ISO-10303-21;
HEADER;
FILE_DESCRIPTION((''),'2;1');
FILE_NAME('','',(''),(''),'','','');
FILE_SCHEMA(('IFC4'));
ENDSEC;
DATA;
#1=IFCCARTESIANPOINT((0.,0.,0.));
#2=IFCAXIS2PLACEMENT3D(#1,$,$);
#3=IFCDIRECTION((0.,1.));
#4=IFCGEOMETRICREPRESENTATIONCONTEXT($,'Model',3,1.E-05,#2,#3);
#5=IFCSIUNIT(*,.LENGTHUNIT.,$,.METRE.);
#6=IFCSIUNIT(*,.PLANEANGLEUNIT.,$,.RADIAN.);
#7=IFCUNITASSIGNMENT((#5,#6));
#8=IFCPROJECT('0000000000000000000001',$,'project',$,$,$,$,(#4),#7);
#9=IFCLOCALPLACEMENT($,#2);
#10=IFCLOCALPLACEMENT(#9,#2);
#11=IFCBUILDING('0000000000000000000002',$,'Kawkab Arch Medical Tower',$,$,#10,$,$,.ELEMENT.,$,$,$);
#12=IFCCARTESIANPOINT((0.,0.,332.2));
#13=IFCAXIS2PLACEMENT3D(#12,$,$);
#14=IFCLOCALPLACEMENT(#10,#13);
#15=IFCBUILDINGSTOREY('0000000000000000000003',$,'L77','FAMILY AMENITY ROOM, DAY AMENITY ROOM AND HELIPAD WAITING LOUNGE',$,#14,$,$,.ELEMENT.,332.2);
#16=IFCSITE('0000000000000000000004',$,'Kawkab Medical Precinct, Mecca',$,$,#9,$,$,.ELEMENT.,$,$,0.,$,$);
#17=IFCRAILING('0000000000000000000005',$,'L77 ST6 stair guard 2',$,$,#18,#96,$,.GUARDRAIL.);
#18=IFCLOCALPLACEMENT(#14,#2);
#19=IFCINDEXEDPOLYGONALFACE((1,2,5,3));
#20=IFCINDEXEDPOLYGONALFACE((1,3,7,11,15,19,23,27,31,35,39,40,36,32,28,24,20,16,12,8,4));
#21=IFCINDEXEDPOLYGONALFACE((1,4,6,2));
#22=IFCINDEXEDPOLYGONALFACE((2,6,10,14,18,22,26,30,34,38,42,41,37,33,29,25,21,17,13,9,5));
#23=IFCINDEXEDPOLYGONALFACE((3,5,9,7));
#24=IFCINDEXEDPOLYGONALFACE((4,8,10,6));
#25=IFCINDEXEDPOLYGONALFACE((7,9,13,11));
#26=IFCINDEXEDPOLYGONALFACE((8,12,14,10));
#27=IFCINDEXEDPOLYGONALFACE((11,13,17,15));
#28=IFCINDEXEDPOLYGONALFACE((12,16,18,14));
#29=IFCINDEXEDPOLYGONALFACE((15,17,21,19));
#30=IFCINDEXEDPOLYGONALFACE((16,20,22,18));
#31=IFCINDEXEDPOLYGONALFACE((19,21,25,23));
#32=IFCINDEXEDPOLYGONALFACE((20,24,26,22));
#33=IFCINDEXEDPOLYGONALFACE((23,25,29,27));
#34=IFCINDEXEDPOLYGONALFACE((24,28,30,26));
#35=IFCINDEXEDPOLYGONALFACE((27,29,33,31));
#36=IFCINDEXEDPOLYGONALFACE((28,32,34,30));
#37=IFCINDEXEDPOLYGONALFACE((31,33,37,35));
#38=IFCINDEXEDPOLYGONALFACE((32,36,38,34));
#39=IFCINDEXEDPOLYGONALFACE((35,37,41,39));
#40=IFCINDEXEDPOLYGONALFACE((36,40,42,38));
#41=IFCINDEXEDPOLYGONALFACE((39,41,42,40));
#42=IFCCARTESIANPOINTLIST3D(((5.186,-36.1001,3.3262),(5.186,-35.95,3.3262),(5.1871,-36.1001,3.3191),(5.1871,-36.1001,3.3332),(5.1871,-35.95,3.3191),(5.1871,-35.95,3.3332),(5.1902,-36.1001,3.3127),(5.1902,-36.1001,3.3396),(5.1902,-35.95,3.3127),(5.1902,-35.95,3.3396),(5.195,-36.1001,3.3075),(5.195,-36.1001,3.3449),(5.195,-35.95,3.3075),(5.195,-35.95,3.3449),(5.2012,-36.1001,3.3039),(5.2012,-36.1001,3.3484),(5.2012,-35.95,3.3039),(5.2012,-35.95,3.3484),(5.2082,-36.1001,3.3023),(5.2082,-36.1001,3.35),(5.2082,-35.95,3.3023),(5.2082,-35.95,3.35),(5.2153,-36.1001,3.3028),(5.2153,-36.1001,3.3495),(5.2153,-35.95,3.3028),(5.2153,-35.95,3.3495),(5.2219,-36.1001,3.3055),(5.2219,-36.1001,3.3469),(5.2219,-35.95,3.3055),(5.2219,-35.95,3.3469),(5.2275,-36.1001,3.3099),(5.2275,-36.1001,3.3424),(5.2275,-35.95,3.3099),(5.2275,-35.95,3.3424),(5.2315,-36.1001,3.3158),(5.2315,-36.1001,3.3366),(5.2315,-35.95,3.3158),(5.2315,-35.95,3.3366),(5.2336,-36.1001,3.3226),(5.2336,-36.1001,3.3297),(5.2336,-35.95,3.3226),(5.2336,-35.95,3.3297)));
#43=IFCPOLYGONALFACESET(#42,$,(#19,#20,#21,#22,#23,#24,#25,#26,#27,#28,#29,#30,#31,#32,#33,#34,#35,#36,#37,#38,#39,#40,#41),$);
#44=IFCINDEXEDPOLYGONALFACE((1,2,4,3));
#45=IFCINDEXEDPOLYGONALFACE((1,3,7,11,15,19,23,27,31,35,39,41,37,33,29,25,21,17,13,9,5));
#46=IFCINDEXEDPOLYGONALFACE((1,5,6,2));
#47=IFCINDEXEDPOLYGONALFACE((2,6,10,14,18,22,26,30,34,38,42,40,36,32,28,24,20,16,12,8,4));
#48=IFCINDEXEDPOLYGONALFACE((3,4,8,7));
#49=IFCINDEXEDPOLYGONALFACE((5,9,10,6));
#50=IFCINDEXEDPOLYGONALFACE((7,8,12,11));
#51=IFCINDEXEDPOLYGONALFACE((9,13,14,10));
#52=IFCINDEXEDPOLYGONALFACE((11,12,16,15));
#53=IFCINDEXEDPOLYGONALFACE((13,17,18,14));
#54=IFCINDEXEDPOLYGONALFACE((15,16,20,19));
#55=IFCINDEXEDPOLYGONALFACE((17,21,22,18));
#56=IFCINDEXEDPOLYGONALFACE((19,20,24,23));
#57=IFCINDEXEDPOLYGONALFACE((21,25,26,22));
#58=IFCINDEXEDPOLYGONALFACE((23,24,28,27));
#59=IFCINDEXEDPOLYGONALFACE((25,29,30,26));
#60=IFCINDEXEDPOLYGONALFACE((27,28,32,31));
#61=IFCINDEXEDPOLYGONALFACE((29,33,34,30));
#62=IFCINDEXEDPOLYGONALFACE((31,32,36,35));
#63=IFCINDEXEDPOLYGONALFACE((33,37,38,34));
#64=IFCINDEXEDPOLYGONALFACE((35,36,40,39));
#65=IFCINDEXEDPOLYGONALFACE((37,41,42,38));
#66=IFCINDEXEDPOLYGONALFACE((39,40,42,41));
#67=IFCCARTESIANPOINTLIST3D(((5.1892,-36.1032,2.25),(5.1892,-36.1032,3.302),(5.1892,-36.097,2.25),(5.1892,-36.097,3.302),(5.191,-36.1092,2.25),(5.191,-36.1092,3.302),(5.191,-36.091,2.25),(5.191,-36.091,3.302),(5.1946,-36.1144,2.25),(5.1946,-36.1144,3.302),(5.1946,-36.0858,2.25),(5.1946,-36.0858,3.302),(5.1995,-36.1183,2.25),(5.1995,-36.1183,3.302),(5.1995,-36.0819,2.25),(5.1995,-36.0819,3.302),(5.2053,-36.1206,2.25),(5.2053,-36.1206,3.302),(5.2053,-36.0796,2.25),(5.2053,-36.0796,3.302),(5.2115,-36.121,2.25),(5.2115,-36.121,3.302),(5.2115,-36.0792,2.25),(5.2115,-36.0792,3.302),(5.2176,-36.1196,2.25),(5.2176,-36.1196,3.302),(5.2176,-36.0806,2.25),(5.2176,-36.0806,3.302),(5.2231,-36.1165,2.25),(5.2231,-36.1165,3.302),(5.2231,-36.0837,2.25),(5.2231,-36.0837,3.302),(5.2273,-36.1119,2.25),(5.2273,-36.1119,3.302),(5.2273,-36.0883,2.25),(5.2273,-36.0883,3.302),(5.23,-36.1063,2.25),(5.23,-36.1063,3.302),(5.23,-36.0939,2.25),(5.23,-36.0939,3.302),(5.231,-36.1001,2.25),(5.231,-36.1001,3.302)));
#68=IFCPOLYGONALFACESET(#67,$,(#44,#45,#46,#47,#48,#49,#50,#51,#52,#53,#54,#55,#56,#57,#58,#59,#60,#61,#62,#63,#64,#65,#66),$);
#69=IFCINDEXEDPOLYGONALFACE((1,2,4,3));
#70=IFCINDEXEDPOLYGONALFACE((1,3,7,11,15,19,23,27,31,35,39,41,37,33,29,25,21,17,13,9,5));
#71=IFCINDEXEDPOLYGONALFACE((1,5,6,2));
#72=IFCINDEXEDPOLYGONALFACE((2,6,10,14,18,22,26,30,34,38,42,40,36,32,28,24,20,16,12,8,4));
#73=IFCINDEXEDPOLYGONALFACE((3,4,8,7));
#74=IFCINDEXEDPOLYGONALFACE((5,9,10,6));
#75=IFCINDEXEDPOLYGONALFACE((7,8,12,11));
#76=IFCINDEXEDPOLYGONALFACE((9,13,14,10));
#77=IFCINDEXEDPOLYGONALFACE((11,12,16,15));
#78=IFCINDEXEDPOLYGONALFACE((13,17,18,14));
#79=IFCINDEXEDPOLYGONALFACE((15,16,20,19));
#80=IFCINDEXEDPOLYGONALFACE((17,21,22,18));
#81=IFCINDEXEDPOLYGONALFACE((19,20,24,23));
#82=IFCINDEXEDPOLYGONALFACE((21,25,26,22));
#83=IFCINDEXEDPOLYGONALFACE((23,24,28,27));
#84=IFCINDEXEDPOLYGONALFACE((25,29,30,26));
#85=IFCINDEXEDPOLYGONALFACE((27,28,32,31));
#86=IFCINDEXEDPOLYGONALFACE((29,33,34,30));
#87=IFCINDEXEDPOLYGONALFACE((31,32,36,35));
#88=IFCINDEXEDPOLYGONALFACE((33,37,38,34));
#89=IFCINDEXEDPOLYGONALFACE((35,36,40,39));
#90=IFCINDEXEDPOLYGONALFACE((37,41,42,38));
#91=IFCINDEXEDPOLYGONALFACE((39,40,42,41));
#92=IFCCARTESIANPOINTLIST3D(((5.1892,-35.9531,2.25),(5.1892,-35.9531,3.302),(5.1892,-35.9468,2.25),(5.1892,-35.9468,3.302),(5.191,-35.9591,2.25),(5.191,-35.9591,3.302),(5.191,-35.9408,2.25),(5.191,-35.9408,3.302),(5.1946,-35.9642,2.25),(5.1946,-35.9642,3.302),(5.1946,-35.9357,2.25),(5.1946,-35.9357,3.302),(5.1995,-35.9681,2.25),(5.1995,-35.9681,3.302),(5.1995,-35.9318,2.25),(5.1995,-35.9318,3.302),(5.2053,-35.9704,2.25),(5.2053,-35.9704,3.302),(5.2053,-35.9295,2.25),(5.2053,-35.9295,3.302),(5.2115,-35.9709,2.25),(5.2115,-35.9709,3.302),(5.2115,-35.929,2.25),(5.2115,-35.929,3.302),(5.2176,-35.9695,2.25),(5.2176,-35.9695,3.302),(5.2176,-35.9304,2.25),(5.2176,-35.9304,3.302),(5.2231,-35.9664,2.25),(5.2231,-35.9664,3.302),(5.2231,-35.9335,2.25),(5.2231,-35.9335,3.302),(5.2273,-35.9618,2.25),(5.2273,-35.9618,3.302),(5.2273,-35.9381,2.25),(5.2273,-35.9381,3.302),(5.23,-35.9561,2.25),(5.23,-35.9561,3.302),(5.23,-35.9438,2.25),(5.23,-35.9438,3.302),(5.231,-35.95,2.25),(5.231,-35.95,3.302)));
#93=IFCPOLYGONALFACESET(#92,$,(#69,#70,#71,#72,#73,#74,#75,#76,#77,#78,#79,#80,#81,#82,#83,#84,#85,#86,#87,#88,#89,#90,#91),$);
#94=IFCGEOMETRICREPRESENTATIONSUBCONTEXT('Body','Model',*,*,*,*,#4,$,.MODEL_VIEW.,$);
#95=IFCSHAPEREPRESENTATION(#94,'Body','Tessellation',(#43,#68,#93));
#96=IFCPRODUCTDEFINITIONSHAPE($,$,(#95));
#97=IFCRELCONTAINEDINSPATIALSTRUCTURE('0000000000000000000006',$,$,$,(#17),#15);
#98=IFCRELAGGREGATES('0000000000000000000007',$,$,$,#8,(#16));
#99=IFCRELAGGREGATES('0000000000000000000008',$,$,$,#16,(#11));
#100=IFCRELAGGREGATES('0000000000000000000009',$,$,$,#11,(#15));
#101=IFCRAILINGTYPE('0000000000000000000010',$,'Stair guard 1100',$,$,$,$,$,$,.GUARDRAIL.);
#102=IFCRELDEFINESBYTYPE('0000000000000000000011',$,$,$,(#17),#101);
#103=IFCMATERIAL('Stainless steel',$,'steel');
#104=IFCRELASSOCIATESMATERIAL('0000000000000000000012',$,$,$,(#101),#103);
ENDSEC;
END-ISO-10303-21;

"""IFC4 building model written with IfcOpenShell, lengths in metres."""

from ifc_helpers import new_model, si_unit, direction, frame, origin, origin_2d, place, context, subcontext, project, spatial, circle, extrude, material, type_object, element, save


model = new_model("IFC4")

# Units and contexts
model_context = context("Model", 3, precision=1e-05, world=origin(), true_north=direction((0.0, 1.0)))
body_context = subcontext(model_context, "Body", "Model", "MODEL_VIEW")
ifc_project = project(units=[si_unit("LENGTHUNIT", "METRE"), si_unit("PLANEANGLEUNIT", "RADIAN")], contexts=[model_context])

# Site, building, storey
site_placement = place(None, origin())
site = spatial("IfcSite", under=ifc_project, at=site_placement, Name="Kawkab Medical Precinct, Mecca", CompositionType="ELEMENT", RefElevation=0.0)
building_placement = place(site_placement, origin())
building = spatial("IfcBuilding", under=site, at=building_placement, Name="Kawkab Arch Medical Tower", CompositionType="ELEMENT")
storey_placement = place(building_placement, frame((0.0, 0.0, 332.2)))
storey = spatial("IfcBuildingStorey", under=building, at=storey_placement, Name="L77", Description="FAMILY AMENITY ROOM, DAY AMENITY ROOM AND HELIPAD WAITING LOUNGE", CompositionType="ELEMENT", Elevation=332.2)

# Railing
ifc_material_1 = material(Name="Stainless steel", Category="steel")
railing_type = type_object("IfcRailingType", Name="Stair guard 1100", PredefinedType="GUARDRAIL", material=ifc_material_1)
railing_1_placement = place(storey_placement, frame((5.21, -36.1001, 2.25)))
element("IfcRailing", 1, at=railing_1_placement, inside=storey, type_object=railing_type, Name="L77 ST6 stair guard 2", PredefinedType="GUARDRAIL", context=body_context, shape_type="SweptSolid", body=[
    extrude(circle(Radius=0.0239, at=origin_2d()), frame((0.0, 0.0, 1.0762), z_axis=(0.0, 1.0, 0.0), x_axis=(-1.0, 0.0, 0.0)), (0.0, 0.0, 1.0), 0.1501),
    extrude(circle(Radius=0.021, at=origin_2d()), origin(), (0.0, 0.0, 1.0), 1.052),
    extrude(circle(Radius=0.021, at=origin_2d()), frame((0.0, 0.1501, 0.0)), (0.0, 0.0, 1.0), 1.052),
])

save(model, "model.ifc")
